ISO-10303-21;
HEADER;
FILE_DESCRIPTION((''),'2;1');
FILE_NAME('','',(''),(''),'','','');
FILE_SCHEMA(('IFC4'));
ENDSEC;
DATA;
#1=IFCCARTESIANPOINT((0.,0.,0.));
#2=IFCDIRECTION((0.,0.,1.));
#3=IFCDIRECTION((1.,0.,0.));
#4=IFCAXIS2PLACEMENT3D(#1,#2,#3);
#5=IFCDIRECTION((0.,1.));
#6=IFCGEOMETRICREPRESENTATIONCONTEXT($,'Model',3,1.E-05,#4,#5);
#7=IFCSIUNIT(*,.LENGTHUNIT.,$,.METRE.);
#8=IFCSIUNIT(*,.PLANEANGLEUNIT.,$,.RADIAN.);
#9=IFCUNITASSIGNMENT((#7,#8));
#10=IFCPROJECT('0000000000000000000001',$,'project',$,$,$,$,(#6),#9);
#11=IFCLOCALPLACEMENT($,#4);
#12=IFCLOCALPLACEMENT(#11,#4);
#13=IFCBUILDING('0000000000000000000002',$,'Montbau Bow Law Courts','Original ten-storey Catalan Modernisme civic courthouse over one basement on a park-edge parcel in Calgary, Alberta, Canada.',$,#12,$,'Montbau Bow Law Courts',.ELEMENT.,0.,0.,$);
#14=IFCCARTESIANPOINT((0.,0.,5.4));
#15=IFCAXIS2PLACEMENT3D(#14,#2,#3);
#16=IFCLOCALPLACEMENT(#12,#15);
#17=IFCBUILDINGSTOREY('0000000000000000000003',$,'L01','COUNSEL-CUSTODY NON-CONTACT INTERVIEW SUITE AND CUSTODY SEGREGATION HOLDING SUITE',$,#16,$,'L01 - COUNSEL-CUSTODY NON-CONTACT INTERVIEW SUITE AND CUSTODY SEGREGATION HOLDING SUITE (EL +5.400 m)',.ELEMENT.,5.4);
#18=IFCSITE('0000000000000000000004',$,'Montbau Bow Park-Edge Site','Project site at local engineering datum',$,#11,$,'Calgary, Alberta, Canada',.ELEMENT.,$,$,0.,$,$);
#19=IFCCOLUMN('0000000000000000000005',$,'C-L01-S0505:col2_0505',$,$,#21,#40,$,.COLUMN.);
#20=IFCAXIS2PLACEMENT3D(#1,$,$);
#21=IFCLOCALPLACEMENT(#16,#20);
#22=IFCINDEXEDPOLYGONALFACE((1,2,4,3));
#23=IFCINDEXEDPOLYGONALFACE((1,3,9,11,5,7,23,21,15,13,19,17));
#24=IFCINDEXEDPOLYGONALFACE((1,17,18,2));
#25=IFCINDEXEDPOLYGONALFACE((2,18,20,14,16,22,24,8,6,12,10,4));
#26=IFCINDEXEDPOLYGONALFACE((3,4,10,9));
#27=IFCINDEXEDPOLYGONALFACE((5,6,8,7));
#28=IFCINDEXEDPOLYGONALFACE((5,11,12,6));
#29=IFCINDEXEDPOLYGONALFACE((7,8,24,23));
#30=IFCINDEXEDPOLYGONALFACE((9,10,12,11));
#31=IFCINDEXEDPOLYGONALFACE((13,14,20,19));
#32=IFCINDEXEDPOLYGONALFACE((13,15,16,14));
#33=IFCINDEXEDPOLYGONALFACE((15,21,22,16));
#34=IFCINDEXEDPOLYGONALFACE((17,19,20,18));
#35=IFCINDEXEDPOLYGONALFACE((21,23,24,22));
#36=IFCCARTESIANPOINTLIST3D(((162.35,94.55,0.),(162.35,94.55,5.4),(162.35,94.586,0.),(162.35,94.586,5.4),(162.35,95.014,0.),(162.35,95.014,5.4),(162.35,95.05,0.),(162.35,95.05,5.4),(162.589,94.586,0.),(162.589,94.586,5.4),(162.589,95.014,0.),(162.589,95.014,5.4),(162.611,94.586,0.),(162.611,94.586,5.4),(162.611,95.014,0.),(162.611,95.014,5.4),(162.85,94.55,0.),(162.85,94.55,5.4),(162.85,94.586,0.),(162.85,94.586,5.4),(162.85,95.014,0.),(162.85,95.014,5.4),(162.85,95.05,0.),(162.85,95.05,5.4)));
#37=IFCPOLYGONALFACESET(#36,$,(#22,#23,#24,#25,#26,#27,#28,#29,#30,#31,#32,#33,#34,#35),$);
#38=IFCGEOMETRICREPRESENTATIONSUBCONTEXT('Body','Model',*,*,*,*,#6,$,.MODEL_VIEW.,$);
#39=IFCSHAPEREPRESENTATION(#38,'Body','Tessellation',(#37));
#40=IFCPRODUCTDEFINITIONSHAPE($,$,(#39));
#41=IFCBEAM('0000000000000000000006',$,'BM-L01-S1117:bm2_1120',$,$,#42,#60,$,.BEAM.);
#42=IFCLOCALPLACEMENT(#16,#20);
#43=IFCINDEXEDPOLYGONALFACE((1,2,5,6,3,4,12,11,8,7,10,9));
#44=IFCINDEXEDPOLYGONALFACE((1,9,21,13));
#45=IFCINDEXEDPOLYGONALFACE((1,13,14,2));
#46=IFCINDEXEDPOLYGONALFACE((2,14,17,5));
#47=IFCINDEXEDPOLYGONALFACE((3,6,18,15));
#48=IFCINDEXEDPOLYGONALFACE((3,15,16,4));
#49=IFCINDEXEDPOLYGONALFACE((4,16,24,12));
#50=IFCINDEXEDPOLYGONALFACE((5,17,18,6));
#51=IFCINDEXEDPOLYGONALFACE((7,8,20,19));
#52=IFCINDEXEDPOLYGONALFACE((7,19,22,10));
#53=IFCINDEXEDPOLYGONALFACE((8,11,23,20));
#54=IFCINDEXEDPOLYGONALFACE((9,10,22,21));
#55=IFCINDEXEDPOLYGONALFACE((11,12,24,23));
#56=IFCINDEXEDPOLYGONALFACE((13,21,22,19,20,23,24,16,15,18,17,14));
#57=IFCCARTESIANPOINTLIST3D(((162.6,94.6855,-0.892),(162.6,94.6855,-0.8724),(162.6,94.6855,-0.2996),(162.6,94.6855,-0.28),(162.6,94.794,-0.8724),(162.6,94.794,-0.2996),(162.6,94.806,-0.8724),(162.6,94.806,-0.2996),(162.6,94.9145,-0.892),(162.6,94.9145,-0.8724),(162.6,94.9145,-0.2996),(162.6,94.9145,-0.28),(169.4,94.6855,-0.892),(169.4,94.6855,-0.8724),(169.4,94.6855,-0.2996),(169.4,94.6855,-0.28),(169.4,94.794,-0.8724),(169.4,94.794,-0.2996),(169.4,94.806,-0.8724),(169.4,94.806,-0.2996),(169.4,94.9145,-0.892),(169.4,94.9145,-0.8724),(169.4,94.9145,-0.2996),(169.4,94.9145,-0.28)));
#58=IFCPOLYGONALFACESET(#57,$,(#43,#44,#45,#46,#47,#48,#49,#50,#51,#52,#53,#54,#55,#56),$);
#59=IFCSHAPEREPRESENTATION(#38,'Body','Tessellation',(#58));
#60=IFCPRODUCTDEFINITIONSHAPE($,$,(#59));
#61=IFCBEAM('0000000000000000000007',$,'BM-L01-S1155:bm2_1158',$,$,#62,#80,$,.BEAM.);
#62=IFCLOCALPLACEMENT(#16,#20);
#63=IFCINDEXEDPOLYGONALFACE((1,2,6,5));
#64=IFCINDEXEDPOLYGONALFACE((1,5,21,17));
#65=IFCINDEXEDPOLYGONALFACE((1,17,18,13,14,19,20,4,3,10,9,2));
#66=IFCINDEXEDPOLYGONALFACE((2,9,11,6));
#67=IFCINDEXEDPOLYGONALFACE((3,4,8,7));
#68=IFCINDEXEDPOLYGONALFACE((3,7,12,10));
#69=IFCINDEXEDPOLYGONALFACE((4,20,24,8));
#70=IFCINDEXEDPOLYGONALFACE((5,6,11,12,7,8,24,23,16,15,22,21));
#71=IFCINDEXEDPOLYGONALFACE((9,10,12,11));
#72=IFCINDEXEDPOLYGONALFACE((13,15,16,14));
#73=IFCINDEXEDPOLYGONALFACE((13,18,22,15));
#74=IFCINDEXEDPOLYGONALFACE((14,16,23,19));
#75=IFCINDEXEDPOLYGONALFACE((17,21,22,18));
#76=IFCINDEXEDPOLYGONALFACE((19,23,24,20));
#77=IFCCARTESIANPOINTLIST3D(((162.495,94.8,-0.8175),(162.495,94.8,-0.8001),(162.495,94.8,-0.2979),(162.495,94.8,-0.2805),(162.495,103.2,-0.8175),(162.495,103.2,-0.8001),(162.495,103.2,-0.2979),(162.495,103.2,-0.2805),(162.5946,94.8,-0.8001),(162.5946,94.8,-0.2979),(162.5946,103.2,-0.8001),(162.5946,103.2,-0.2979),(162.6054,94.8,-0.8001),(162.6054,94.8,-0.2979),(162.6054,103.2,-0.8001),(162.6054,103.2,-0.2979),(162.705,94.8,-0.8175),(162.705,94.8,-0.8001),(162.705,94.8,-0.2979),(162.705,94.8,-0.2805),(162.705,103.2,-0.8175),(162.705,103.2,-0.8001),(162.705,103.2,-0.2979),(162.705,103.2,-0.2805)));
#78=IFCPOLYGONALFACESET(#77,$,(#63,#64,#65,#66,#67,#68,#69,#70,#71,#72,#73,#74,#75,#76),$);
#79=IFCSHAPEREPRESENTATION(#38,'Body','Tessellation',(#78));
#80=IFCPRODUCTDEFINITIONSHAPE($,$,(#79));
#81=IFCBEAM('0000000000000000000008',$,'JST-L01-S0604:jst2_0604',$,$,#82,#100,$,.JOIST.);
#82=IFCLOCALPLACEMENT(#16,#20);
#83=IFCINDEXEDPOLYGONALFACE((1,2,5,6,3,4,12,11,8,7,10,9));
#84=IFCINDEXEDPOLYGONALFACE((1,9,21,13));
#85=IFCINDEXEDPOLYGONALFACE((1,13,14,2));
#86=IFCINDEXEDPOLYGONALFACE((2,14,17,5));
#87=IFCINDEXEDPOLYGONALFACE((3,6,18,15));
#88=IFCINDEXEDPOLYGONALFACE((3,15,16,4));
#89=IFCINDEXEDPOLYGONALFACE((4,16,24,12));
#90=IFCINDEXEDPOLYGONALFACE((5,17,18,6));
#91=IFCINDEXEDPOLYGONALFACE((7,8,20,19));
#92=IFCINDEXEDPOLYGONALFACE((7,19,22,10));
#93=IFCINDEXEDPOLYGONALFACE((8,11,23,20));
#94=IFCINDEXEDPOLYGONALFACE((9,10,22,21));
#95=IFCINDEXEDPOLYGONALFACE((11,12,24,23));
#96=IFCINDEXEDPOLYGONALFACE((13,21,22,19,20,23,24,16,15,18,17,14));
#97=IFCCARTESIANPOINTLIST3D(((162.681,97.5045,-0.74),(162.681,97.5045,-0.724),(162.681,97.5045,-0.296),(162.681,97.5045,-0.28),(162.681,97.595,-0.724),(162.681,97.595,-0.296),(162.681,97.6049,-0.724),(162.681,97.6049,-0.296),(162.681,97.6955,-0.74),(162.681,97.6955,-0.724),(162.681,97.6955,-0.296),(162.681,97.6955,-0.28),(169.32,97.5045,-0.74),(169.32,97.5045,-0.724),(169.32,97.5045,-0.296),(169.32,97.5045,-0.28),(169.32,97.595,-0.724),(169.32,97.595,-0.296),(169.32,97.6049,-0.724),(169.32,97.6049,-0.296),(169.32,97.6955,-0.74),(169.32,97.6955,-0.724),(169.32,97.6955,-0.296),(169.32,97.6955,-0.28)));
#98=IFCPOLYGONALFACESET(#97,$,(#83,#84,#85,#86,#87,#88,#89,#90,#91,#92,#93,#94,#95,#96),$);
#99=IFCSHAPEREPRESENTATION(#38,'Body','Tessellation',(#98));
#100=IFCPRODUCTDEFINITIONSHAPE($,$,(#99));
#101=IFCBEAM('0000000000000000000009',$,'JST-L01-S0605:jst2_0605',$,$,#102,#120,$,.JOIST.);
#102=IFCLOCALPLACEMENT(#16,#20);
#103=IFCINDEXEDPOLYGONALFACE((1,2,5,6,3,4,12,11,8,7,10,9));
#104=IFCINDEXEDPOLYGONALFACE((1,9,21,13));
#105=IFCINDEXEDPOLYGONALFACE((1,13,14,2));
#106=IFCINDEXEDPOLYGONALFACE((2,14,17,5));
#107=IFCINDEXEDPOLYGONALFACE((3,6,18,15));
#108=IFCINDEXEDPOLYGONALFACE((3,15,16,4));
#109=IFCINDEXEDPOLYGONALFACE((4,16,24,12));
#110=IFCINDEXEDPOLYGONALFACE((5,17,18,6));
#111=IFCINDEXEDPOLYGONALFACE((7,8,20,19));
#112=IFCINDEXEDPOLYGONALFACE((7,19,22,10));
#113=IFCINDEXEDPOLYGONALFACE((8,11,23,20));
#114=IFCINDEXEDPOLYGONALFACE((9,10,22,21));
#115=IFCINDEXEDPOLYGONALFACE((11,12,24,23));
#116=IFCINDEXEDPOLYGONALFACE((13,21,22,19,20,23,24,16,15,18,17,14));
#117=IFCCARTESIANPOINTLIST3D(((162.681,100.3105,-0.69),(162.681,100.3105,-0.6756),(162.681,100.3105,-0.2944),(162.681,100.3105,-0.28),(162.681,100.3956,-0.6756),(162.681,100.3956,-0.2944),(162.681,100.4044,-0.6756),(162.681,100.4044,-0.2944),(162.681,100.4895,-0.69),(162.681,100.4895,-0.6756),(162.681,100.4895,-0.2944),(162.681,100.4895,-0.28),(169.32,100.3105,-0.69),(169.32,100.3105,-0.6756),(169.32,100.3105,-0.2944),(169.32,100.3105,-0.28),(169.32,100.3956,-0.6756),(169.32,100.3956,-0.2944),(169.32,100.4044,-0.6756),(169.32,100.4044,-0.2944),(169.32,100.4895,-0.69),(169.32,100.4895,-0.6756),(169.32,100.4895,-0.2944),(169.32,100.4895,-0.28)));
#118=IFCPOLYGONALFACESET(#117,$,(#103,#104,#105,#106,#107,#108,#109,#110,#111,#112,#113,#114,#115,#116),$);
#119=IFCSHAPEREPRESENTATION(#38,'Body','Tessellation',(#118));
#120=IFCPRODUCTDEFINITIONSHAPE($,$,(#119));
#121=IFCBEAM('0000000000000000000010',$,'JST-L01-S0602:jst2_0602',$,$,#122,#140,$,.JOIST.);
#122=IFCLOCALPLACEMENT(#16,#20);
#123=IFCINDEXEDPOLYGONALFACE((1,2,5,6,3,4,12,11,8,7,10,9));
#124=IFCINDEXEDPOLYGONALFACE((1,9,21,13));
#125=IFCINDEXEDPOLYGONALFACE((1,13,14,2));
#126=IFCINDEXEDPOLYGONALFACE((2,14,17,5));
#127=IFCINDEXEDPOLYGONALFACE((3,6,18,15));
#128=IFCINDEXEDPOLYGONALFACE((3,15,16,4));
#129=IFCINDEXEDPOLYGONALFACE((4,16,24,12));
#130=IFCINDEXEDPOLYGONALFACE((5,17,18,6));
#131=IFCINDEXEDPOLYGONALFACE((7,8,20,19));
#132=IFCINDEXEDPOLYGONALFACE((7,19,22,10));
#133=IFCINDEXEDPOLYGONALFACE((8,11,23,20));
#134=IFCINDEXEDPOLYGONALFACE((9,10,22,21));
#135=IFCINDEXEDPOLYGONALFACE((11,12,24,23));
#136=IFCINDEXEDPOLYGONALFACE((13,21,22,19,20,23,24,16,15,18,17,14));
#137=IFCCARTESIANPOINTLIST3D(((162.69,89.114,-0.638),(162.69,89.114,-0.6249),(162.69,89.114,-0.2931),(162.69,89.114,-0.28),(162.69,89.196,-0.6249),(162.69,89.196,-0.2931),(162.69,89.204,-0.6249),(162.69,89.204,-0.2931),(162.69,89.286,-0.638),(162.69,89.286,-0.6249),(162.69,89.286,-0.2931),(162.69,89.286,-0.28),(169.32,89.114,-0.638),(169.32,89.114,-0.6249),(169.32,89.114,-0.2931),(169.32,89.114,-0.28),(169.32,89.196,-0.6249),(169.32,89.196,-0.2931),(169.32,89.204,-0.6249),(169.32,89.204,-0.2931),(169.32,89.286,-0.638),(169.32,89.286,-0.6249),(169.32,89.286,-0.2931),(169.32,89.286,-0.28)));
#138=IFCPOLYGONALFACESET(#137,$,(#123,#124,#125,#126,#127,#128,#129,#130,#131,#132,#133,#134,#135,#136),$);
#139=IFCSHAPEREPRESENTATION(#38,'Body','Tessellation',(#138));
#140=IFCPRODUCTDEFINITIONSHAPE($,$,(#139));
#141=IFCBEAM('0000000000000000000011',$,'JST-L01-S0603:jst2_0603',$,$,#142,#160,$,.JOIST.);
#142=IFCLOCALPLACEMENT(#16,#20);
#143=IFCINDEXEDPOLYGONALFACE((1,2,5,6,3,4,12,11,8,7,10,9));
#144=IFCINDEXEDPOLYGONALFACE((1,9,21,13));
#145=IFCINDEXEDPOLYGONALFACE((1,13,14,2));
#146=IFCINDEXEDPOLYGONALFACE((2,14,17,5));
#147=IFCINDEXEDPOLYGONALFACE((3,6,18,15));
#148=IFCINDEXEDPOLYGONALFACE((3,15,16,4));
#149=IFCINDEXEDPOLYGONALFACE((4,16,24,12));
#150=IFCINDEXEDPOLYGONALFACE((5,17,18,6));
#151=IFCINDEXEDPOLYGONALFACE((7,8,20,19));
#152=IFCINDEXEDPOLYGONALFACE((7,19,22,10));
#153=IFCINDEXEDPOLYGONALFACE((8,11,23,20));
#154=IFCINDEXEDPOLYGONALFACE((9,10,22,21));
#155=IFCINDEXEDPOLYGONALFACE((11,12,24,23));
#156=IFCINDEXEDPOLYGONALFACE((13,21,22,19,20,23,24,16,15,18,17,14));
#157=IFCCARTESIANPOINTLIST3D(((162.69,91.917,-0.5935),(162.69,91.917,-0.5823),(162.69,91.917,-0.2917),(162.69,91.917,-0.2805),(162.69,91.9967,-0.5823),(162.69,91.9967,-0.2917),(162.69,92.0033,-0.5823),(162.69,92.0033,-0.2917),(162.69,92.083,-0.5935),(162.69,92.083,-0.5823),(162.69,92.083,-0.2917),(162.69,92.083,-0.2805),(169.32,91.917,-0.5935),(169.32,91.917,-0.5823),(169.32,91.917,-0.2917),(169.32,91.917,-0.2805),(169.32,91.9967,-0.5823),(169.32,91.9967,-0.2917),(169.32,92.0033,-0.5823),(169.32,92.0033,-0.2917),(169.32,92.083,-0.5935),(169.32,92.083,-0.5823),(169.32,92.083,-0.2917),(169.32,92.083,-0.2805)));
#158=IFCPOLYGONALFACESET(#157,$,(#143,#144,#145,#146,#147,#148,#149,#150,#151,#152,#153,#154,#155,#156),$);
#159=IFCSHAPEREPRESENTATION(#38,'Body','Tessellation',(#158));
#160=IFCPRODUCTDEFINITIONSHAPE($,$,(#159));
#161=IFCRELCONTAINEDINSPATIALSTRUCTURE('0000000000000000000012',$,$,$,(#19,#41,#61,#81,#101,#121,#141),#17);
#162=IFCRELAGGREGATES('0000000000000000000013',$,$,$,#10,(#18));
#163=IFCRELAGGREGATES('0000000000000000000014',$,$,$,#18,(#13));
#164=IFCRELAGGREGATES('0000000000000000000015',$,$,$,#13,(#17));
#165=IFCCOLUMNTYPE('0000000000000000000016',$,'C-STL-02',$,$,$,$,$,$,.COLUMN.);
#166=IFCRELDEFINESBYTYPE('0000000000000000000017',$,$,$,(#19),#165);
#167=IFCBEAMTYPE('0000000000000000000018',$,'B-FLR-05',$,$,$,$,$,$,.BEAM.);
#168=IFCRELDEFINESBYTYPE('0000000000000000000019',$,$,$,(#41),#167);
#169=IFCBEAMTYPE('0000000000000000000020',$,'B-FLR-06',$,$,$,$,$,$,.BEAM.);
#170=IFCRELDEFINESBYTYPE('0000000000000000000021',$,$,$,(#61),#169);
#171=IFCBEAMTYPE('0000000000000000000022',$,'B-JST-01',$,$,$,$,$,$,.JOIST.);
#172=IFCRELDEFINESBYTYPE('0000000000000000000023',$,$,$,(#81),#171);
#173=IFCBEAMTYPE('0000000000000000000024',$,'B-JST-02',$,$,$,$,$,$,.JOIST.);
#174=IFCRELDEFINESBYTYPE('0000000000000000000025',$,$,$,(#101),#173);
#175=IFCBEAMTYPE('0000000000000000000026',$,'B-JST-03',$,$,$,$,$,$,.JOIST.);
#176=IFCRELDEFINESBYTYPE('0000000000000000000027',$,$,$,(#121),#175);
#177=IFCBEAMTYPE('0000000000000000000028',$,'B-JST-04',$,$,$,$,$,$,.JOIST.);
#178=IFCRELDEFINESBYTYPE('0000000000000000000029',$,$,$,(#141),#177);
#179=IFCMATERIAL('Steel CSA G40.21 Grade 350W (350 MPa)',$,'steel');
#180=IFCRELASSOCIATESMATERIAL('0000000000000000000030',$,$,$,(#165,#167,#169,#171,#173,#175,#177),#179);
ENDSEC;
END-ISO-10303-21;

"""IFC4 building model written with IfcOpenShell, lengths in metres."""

from ifc_helpers import new_model, si_unit, direction, frame, origin_with_axes, origin_2d_with_axis, place, context, subcontext, project, spatial, i_section, extrude, material, material_profile, profile_set, type_object, element, save


model = new_model("IFC4")

# Units and contexts
model_context = context("Model", 3, precision=1e-05, world=origin_with_axes(), true_north=direction((0.0, 1.0)))
body_context = subcontext(model_context, "Body", "Model", "MODEL_VIEW")
ifc_project = project(units=[si_unit("LENGTHUNIT", "METRE"), si_unit("PLANEANGLEUNIT", "RADIAN")], contexts=[model_context])

# Site, building, storey
site_placement = place(None, origin_with_axes())
site = spatial("IfcSite", under=ifc_project, at=site_placement, Name="Montbau Bow Park-Edge Site", Description="Project site at local engineering datum", LongName="Calgary, Alberta, Canada", CompositionType="ELEMENT", RefElevation=0.0)
building_placement = place(site_placement, origin_with_axes())
building = spatial("IfcBuilding", under=site, at=building_placement, Name="Montbau Bow Law Courts", Description="Original ten-storey Catalan Modernisme civic courthouse over one basement on a park-edge parcel in Calgary, Alberta, Canada.", LongName="Montbau Bow Law Courts", CompositionType="ELEMENT", ElevationOfRefHeight=0.0, ElevationOfTerrain=0.0)
storey_placement = place(building_placement, frame((0.0, 0.0, 5.4), z_axis=(0.0, 0.0, 1.0), x_axis=(1.0, 0.0, 0.0)))
storey = spatial("IfcBuildingStorey", under=building, at=storey_placement, Name="L01", Description="COUNSEL-CUSTODY NON-CONTACT INTERVIEW SUITE AND CUSTODY SEGREGATION HOLDING SUITE", LongName="L01 - COUNSEL-CUSTODY NON-CONTACT INTERVIEW SUITE AND CUSTODY SEGREGATION HOLDING SUITE (EL +5.400 m)", CompositionType="ELEMENT", Elevation=5.4)

# Column
ifc_material_1 = material(Name="Steel CSA G40.21 Grade 350W (350 MPa)", Category="steel")
ifc_material_profile_1 = material_profile(ifc_material_1, i_section(OverallWidth=0.5, OverallDepth=0.5, WebThickness=0.022, FlangeThickness=0.036, at=origin_2d_with_axis()), Name="WWF500X343", Category="Main", Priority=0)
ifc_profile_set_1 = profile_set([ifc_material_profile_1], Name="Steel CSA G40.21 Grade 350W (350 MPa)")
column_type = type_object("IfcColumnType", Name="C-STL-02", PredefinedType="COLUMN", material=ifc_profile_set_1)
column_placement = place(None, frame((162.6, 94.8, 5.4), z_axis=(0.0, 0.0, 1.0), x_axis=(1.0, 0.0, 0.0)))
element("IfcColumn", 1, at=column_placement, inside=storey, type_object=column_type, Name="C-L01-S0505:col2_0505", PredefinedType="COLUMN", context=body_context, shape_type="SweptSolid", body=[
    extrude(i_section(OverallWidth=0.5, OverallDepth=0.5, WebThickness=0.022, FlangeThickness=0.036, at=origin_2d_with_axis()), origin_with_axes(), (0.0, 0.0, 1.0), 5.4),
])

# Beams
ifc_material_profile_2 = material_profile(ifc_material_1, i_section(OverallWidth=0.229, OverallDepth=0.612, WebThickness=0.0119, FlangeThickness=0.0196, at=origin_2d_with_axis()), Name="W610X125", Category="Main", Priority=0)
ifc_profile_set_2 = profile_set([ifc_material_profile_2], Name="Steel CSA G40.21 Grade 350W (350 MPa)")
beam_type_1 = type_object("IfcBeamType", Name="B-FLR-05", PredefinedType="BEAM", material=ifc_profile_set_2)
beam_1_placement = place(None, frame((162.6, 94.8, 4.814), z_axis=(1.0, 0.0, 0.0), x_axis=(0.0, 1.0, 0.0)))
element("IfcBeam", 2, at=beam_1_placement, inside=storey, type_object=beam_type_1, Name="BM-L01-S1117:bm2_1120", PredefinedType="BEAM", context=body_context, shape_type="SweptSolid", body=[
    extrude(i_section(OverallWidth=0.229, OverallDepth=0.612, WebThickness=0.0119, FlangeThickness=0.0196, at=origin_2d_with_axis()), origin_with_axes(), (0.0, 0.0, 1.0), 6.8),
])
ifc_material_profile_3 = material_profile(ifc_material_1, i_section(OverallWidth=0.21, OverallDepth=0.537, WebThickness=0.0109, FlangeThickness=0.0174, at=origin_2d_with_axis()), Name="W530X101", Category="Main", Priority=0)
ifc_profile_set_3 = profile_set([ifc_material_profile_3], Name="Steel CSA G40.21 Grade 350W (350 MPa)")
beam_type_2 = type_object("IfcBeamType", Name="B-FLR-06", PredefinedType="BEAM", material=ifc_profile_set_3)
beam_2_placement = place(None, frame((162.6, 94.8, 4.851), z_axis=(0.0, 1.0, 0.0), x_axis=(-1.0, 0.0, 0.0)))
element("IfcBeam", 3, at=beam_2_placement, inside=storey, type_object=beam_type_2, Name="BM-L01-S1155:bm2_1158", PredefinedType="BEAM", context=body_context, shape_type="SweptSolid", body=[
    extrude(i_section(OverallWidth=0.21, OverallDepth=0.537, WebThickness=0.0109, FlangeThickness=0.0174, at=origin_2d_with_axis()), origin_with_axes(), (0.0, 0.0, 1.0), 8.4),
])
ifc_material_profile_4 = material_profile(ifc_material_1, i_section(OverallWidth=0.191, OverallDepth=0.46, WebThickness=0.0099, FlangeThickness=0.016, at=origin_2d_with_axis()), Name="W460X82", Category="Main", Priority=0)
ifc_profile_set_4 = profile_set([ifc_material_profile_4], Name="Steel CSA G40.21 Grade 350W (350 MPa)")
beam_type_3 = type_object("IfcBeamType", Name="B-JST-01", PredefinedType="JOIST", material=ifc_profile_set_4)
beam_3_placement = place(None, frame((162.681, 97.6, 4.89), z_axis=(1.0, 0.0, 0.0), x_axis=(0.0, 1.0, 0.0)))
element("IfcBeam", 4, at=beam_3_placement, inside=storey, type_object=beam_type_3, Name="JST-L01-S0604:jst2_0604", PredefinedType="JOIST", context=body_context, shape_type="SweptSolid", body=[
    extrude(i_section(OverallWidth=0.191, OverallDepth=0.46, WebThickness=0.0099, FlangeThickness=0.016, at=origin_2d_with_axis()), origin_with_axes(), (0.0, 0.0, 1.0), 6.639),
])
ifc_material_profile_5 = material_profile(ifc_material_1, i_section(OverallWidth=0.179, OverallDepth=0.41, WebThickness=0.0088, FlangeThickness=0.0144, at=origin_2d_with_axis()), Name="W410X67", Category="Main", Priority=0)
ifc_profile_set_5 = profile_set([ifc_material_profile_5], Name="Steel CSA G40.21 Grade 350W (350 MPa)")
beam_type_4 = type_object("IfcBeamType", Name="B-JST-02", PredefinedType="JOIST", material=ifc_profile_set_5)
beam_4_placement = place(None, frame((162.681, 100.4, 4.915), z_axis=(1.0, 0.0, 0.0), x_axis=(0.0, 1.0, 0.0)))
element("IfcBeam", 5, at=beam_4_placement, inside=storey, type_object=beam_type_4, Name="JST-L01-S0605:jst2_0605", PredefinedType="JOIST", context=body_context, shape_type="SweptSolid", body=[
    extrude(i_section(OverallWidth=0.179, OverallDepth=0.41, WebThickness=0.0088, FlangeThickness=0.0144, at=origin_2d_with_axis()), origin_with_axes(), (0.0, 0.0, 1.0), 6.639),
])
ifc_material_profile_6 = material_profile(ifc_material_1, i_section(OverallWidth=0.172, OverallDepth=0.358, WebThickness=0.0079, FlangeThickness=0.0131, at=origin_2d_with_axis()), Name="W360X57", Category="Main", Priority=0)
ifc_profile_set_6 = profile_set([ifc_material_profile_6], Name="Steel CSA G40.21 Grade 350W (350 MPa)")
beam_type_5 = type_object("IfcBeamType", Name="B-JST-03", PredefinedType="JOIST", material=ifc_profile_set_6)
beam_5_placement = place(None, frame((162.69, 89.2, 4.941), z_axis=(1.0, 0.0, 0.0), x_axis=(0.0, 1.0, 0.0)))
element("IfcBeam", 6, at=beam_5_placement, inside=storey, type_object=beam_type_5, Name="JST-L01-S0602:jst2_0602", PredefinedType="JOIST", context=body_context, shape_type="SweptSolid", body=[
    extrude(i_section(OverallWidth=0.172, OverallDepth=0.358, WebThickness=0.0079, FlangeThickness=0.0131, at=origin_2d_with_axis()), origin_with_axes(), (0.0, 0.0, 1.0), 6.63),
])
ifc_material_profile_7 = material_profile(ifc_material_1, i_section(OverallWidth=0.166, OverallDepth=0.313, WebThickness=0.0066, FlangeThickness=0.0112, at=origin_2d_with_axis()), Name="W310X45", Category="Main", Priority=0)
ifc_profile_set_7 = profile_set([ifc_material_profile_7], Name="Steel CSA G40.21 Grade 350W (350 MPa)")
beam_type_6 = type_object("IfcBeamType", Name="B-JST-04", PredefinedType="JOIST", material=ifc_profile_set_7)
beam_6_placement = place(None, frame((162.69, 92.0, 4.963), z_axis=(1.0, 0.0, 0.0), x_axis=(0.0, 1.0, 0.0)))
element("IfcBeam", 7, at=beam_6_placement, inside=storey, type_object=beam_type_6, Name="JST-L01-S0603:jst2_0603", PredefinedType="JOIST", context=body_context, shape_type="SweptSolid", body=[
    extrude(i_section(OverallWidth=0.166, OverallDepth=0.313, WebThickness=0.0066, FlangeThickness=0.0112, at=origin_2d_with_axis()), origin_with_axes(), (0.0, 0.0, 1.0), 6.63),
])

save(model, "model.ifc")
